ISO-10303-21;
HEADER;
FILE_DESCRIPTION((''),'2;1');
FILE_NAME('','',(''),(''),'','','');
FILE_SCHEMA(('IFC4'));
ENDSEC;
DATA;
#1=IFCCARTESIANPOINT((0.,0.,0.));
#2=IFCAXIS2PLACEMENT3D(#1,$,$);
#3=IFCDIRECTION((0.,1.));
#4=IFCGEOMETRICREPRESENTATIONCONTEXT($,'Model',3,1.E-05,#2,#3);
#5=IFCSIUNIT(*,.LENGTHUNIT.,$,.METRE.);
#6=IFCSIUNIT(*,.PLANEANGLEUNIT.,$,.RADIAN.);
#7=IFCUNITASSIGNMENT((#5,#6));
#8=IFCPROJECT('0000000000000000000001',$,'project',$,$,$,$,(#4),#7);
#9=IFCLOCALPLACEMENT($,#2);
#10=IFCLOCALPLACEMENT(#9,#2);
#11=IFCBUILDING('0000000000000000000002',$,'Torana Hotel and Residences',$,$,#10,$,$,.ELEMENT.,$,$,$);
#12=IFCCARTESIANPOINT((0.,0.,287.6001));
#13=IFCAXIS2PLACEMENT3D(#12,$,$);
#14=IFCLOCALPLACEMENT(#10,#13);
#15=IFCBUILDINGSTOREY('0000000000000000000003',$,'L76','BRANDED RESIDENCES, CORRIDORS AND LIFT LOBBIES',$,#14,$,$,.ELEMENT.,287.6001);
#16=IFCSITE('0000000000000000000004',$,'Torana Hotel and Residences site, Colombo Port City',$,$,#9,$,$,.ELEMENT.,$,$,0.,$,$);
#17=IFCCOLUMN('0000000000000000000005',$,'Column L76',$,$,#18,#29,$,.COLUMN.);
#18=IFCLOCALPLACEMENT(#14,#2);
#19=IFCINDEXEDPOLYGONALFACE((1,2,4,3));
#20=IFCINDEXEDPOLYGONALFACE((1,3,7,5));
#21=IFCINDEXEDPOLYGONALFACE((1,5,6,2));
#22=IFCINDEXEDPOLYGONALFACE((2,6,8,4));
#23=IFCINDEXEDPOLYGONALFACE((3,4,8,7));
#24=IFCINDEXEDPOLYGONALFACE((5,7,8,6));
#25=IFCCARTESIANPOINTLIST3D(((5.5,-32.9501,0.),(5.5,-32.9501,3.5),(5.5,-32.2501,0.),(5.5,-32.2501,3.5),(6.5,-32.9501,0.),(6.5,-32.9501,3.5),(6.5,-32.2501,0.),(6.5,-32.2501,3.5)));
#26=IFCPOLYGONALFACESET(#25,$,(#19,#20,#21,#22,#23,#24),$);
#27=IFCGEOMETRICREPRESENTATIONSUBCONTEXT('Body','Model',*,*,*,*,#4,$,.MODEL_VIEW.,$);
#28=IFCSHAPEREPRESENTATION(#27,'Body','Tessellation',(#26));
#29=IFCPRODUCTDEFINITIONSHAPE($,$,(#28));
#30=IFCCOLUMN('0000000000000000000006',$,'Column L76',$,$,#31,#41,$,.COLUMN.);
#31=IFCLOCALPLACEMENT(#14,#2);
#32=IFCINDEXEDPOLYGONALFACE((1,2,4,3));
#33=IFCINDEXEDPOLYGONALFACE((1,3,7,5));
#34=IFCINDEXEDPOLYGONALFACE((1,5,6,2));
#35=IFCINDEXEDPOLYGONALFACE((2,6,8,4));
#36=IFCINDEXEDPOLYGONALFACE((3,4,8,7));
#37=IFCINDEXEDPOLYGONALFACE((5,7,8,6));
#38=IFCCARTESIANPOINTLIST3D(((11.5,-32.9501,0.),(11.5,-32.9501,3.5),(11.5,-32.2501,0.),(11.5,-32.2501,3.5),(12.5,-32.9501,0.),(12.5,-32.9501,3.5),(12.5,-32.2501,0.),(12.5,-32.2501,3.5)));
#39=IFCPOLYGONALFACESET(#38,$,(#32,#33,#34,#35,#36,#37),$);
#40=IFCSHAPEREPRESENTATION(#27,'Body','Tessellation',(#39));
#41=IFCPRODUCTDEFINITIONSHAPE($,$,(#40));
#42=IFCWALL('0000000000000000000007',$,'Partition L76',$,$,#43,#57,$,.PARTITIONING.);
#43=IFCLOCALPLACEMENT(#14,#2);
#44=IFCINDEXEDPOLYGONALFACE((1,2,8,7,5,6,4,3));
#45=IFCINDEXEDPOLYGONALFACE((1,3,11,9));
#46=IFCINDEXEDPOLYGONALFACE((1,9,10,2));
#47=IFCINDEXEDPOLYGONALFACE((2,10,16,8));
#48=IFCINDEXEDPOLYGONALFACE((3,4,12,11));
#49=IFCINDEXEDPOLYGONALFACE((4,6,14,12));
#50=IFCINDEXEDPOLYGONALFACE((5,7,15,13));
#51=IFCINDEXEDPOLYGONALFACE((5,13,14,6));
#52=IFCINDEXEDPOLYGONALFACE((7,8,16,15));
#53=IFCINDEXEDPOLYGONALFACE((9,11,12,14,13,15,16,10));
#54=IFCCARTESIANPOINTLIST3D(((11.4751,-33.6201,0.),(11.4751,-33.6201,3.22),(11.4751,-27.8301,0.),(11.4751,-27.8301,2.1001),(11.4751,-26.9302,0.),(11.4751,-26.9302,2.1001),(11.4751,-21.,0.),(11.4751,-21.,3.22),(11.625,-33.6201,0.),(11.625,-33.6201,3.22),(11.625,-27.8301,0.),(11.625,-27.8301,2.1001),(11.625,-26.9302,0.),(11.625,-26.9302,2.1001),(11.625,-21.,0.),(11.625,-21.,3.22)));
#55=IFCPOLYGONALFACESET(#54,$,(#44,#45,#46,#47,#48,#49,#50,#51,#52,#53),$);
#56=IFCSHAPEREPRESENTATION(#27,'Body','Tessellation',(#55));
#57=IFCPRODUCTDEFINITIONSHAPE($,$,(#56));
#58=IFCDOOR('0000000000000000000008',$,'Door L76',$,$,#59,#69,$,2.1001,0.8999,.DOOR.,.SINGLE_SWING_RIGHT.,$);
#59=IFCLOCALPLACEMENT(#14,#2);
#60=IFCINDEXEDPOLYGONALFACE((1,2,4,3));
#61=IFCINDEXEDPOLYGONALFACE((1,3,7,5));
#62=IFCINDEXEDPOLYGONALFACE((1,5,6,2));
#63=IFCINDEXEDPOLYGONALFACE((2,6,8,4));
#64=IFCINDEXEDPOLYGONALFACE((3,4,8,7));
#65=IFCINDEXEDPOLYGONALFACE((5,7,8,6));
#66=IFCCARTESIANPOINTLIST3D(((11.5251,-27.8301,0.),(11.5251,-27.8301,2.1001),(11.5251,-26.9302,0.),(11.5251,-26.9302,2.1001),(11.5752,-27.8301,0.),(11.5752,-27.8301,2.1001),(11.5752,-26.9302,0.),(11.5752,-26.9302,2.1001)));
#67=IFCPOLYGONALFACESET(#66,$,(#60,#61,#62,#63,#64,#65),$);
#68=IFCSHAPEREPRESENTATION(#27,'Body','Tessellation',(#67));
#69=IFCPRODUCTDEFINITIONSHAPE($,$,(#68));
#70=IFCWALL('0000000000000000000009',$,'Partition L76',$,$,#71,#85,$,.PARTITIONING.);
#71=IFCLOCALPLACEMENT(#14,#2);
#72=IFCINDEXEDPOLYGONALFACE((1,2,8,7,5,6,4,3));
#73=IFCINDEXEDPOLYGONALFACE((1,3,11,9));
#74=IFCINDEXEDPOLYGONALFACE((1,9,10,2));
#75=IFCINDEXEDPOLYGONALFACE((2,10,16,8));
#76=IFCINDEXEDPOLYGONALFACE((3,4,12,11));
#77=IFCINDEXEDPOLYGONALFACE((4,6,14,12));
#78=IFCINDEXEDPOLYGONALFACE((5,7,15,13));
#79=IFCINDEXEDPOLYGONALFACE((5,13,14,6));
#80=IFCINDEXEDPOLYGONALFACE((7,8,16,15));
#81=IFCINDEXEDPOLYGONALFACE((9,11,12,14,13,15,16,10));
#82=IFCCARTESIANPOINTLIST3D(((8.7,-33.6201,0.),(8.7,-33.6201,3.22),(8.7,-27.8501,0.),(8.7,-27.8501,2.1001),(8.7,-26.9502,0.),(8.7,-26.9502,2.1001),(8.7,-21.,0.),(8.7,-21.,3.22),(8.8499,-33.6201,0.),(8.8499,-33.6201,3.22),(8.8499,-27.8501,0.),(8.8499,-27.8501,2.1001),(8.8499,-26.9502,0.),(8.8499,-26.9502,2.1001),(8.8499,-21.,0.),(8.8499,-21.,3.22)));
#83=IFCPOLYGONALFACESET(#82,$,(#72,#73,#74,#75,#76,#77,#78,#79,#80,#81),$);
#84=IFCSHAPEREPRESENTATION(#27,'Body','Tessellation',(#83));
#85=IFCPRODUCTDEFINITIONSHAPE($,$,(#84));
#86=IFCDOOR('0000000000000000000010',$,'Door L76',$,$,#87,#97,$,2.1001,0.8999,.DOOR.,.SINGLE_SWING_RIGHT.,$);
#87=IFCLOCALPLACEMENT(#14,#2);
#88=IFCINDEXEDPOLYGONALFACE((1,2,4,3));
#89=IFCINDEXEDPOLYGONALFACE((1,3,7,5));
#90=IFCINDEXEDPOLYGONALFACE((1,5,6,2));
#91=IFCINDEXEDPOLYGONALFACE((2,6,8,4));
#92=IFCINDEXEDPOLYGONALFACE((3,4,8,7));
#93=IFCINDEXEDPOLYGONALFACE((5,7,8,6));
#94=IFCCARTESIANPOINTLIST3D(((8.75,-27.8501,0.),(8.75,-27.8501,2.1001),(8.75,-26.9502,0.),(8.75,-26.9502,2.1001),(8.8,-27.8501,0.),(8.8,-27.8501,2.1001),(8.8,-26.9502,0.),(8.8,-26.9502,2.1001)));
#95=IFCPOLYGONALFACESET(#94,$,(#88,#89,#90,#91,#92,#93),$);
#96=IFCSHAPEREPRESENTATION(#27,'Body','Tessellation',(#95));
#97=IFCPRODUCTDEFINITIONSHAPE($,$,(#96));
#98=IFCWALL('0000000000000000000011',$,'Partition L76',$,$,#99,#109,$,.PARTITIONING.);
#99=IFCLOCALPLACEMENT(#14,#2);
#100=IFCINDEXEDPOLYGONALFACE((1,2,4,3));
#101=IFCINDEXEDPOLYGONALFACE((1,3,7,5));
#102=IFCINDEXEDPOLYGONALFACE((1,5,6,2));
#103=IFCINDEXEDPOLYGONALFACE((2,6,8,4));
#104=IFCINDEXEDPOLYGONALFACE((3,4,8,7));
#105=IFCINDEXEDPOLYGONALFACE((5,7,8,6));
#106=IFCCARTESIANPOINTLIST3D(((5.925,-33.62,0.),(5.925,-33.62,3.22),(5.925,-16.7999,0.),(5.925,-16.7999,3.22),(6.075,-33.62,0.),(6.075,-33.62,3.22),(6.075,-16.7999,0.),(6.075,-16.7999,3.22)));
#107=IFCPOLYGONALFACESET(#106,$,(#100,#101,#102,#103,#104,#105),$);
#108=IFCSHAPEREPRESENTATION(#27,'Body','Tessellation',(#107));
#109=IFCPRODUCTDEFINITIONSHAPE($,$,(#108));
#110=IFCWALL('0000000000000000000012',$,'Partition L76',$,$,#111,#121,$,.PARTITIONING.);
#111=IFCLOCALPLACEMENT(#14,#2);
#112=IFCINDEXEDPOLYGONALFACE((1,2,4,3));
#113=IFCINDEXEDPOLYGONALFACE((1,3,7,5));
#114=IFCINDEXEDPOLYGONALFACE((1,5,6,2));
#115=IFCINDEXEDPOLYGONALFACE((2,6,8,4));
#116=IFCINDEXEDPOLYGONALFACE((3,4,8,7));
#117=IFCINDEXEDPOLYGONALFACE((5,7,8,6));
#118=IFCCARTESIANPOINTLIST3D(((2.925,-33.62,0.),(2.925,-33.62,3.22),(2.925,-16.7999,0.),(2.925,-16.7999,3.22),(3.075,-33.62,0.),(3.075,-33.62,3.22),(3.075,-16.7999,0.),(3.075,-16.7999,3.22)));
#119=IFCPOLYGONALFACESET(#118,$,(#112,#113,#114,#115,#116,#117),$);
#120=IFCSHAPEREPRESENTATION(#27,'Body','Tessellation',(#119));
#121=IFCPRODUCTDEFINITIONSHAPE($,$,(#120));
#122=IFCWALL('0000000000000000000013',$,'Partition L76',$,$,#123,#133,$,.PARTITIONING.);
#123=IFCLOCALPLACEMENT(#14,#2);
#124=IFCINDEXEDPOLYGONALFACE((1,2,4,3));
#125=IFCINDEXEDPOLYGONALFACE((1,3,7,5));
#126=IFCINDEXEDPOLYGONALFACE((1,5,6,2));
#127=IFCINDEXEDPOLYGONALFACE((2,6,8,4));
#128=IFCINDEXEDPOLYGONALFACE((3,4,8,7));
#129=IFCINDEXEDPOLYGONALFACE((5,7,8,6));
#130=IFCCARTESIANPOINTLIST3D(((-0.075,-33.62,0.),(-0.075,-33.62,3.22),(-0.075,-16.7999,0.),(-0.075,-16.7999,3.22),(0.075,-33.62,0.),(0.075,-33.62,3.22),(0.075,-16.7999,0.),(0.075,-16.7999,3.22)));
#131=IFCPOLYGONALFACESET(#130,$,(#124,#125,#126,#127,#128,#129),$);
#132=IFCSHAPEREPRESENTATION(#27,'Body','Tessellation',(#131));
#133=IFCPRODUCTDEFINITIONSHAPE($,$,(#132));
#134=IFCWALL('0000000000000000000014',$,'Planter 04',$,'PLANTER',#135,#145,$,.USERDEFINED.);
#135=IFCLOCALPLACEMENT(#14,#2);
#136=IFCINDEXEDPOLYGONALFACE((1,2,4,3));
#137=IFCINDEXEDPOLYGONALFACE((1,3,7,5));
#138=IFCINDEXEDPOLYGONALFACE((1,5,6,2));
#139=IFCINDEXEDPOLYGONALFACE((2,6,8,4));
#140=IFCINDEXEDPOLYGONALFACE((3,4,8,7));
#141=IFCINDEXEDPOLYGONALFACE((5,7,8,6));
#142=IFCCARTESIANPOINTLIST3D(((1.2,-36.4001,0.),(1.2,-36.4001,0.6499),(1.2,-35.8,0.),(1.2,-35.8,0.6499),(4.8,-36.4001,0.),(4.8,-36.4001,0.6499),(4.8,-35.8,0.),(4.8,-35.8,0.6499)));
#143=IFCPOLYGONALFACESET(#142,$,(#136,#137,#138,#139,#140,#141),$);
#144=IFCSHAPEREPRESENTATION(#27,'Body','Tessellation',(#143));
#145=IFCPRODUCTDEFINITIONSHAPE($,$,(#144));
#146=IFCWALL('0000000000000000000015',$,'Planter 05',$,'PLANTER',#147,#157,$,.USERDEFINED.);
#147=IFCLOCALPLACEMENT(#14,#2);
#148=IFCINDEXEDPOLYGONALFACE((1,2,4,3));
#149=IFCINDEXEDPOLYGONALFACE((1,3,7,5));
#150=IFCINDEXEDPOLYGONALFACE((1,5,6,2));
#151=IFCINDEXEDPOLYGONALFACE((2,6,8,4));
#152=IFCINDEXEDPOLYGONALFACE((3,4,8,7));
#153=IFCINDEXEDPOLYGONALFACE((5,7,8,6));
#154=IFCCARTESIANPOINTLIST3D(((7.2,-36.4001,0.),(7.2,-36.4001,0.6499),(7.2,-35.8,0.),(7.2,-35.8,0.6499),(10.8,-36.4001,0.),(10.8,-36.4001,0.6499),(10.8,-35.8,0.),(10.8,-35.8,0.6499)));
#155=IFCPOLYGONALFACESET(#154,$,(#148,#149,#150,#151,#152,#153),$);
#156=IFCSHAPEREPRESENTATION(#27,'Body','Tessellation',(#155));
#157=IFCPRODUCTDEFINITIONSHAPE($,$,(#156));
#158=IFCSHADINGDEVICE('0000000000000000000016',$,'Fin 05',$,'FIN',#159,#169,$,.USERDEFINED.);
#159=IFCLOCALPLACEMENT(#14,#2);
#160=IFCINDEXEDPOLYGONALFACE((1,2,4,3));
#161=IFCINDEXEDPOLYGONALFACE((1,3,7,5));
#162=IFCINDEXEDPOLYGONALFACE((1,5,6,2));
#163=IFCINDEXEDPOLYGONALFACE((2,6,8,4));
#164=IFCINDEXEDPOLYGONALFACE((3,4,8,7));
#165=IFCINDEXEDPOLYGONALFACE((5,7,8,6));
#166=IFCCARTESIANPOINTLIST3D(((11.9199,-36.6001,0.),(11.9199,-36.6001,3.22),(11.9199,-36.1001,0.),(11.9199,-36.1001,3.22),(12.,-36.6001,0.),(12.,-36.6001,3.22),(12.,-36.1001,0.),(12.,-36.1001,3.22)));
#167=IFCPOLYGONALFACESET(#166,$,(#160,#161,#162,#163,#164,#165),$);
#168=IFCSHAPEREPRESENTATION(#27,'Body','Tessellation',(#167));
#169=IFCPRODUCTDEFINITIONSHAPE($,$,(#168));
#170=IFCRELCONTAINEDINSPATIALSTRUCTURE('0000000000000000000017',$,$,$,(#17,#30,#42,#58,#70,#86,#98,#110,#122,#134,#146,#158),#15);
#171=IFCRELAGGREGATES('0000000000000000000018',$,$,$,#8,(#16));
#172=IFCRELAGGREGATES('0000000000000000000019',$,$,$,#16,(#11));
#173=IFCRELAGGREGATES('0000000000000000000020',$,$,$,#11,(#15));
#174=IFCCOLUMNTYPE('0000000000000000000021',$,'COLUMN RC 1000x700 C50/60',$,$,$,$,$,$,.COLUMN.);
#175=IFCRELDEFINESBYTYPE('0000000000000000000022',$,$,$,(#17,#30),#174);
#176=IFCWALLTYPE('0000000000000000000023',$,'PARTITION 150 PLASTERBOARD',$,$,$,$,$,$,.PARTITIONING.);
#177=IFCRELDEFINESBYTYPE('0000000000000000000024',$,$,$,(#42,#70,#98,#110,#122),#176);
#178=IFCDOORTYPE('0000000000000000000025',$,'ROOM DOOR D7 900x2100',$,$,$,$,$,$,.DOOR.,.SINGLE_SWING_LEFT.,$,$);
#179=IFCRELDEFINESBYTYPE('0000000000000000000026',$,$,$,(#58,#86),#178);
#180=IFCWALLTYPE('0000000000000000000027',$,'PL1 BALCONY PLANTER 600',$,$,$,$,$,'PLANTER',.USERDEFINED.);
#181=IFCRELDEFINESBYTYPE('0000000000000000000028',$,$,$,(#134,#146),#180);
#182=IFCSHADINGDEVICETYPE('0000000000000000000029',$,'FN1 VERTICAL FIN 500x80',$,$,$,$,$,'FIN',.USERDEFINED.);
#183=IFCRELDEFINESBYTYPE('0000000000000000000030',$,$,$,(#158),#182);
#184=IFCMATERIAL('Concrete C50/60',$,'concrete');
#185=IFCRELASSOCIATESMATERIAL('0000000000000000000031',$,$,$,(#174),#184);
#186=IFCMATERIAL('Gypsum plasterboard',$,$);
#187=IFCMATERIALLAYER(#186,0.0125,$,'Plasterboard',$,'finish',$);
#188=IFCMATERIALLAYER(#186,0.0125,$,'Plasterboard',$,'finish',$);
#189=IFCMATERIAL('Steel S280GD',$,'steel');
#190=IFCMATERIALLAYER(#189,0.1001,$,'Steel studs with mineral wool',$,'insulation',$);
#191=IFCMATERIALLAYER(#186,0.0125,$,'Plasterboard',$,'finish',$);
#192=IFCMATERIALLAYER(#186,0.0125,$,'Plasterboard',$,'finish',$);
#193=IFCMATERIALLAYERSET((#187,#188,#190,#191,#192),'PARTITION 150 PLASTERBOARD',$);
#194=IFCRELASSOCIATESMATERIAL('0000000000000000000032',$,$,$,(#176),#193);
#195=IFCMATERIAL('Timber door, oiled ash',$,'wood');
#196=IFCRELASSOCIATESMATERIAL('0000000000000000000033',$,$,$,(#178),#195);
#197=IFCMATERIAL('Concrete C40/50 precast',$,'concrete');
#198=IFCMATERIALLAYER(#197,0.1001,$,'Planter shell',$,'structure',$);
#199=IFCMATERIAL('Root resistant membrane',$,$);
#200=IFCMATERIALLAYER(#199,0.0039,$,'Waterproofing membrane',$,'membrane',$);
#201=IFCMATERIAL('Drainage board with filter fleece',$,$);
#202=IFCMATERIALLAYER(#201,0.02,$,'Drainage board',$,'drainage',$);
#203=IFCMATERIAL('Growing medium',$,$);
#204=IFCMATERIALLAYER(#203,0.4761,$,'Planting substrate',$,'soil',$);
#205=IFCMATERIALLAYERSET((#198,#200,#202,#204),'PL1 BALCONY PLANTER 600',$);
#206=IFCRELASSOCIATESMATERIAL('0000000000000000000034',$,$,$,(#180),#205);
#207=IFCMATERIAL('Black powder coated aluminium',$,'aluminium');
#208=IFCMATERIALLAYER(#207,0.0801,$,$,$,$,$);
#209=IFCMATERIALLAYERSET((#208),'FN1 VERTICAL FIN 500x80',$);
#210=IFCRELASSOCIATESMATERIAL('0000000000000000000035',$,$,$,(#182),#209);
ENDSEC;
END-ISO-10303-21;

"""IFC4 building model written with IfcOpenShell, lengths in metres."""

from ifc_helpers import new_model, si_unit, direction, frame, frame_2d, origin, origin_2d, place, context, subcontext, project, spatial, rectangle, extrude, material, layer, layer_set, material_profile, profile_set, type_object, element, fill, save


model = new_model("IFC4")

# Units and contexts
model_context = context("Model", 3, precision=1e-05, world=origin(), true_north=direction((0.0, 1.0)))
body_context = subcontext(model_context, "Body", "Model", "MODEL_VIEW")
ifc_project = project(units=[si_unit("LENGTHUNIT", "METRE"), si_unit("PLANEANGLEUNIT", "RADIAN")], contexts=[model_context])

# Site, building, storey
site_placement = place(None, origin())
site = spatial("IfcSite", under=ifc_project, at=site_placement, Name="Torana Hotel and Residences site, Colombo Port City", CompositionType="ELEMENT", RefElevation=0.0)
building_placement = place(site_placement, origin())
building = spatial("IfcBuilding", under=site, at=building_placement, Name="Torana Hotel and Residences", CompositionType="ELEMENT")
storey_placement = place(building_placement, frame((0.0, 0.0, 287.6001)))
storey = spatial("IfcBuildingStorey", under=building, at=storey_placement, Name="L76", Description="BRANDED RESIDENCES, CORRIDORS AND LIFT LOBBIES", CompositionType="ELEMENT", Elevation=287.6001)

# Columns
ifc_material_1 = material(Name="Concrete C50/60", Category="concrete")
ifc_material_profile = material_profile(ifc_material_1, rectangle(XDim=1.0, YDim=0.7, at=origin_2d()), Name="RC 1000x700")
ifc_profile_set = profile_set([ifc_material_profile], Name="Concrete C50/60")
column_type = type_object("IfcColumnType", Name="COLUMN RC 1000x700 C50/60", PredefinedType="COLUMN", material=ifc_profile_set)
for number, where, z_axis, x_axis, name in (
    (1, (6.0, -32.6001, 0.0), (0.0, 0.0, 1.0), (1.0, 0.0, 0.0), "Column L76"),
    (2, (12.0, -32.6001, 0.0), (0.0, 0.0, 1.0), (1.0, 0.0, 0.0), "Column L76"),
):
    element("IfcColumn", number, at=place(storey_placement, frame(where, z_axis=z_axis, x_axis=x_axis)), inside=storey, type_object=column_type, Name=name, PredefinedType="COLUMN", context=body_context, shape_type="SweptSolid", body=[
        extrude(rectangle(XDim=1.0, YDim=0.7, at=origin_2d()), origin(), (0.0, 0.0, 1.0), 3.5),
    ])

# Walls, openings, doors
ifc_material_2 = material(Name="Gypsum plasterboard")
ifc_layer_1 = layer(ifc_material_2, 0.0125, Name="Plasterboard", Category="finish")
ifc_layer_2 = layer(ifc_material_2, 0.0125, Name="Plasterboard", Category="finish")
ifc_material_3 = material(Name="Steel S280GD", Category="steel")
ifc_layer_3 = layer(ifc_material_3, 0.1001, Name="Steel studs with mineral wool", Category="insulation")
ifc_layer_4 = layer(ifc_material_2, 0.0125, Name="Plasterboard", Category="finish")
ifc_layer_5 = layer(ifc_material_2, 0.0125, Name="Plasterboard", Category="finish")
ifc_layer_set_1 = layer_set([ifc_layer_1, ifc_layer_2, ifc_layer_3, ifc_layer_4, ifc_layer_5], Name="PARTITION 150 PLASTERBOARD")
wall_type_1 = type_object("IfcWallType", Name="PARTITION 150 PLASTERBOARD", PredefinedType="PARTITIONING", material=ifc_layer_set_1)
wall_1_placement = place(storey_placement, frame((11.55, -33.6201, 0.0), z_axis=(0.0, 0.0, 1.0), x_axis=(0.0, 1.0, 0.0)))
wall_1 = element("IfcWall", 3, at=wall_1_placement, inside=storey, type_object=wall_type_1, Name="Partition L76", PredefinedType="PARTITIONING", context=body_context, shape_type="SweptSolid", body=[
    extrude(rectangle(XDim=12.6201, YDim=0.1499, at=frame_2d((6.3101, 0.0))), origin(), (0.0, 0.0, 1.0), 3.22),
])
opening_1_placement = place(wall_1_placement, frame((5.79, 0.0, 0.0)))
opening_1 = element("IfcOpeningElement", 4, at=opening_1_placement, cuts=wall_1, PredefinedType="OPENING", context=body_context, shape_type="SweptSolid", body=[
    extrude(rectangle(XDim=0.8999, YDim=2.1001, at=frame_2d((0.45, 1.05))), frame((0.0, 0.085, 0.0), z_axis=(0.0, -1.0, 0.0), x_axis=(1.0, 0.0, 0.0)), (0.0, 0.0, 1.0), 0.1699),
])
ifc_material_4 = material(Name="Timber door, oiled ash", Category="wood")
door_type = type_object("IfcDoorType", Name="ROOM DOOR D7 900x2100", OperationType="SINGLE_SWING_LEFT", PredefinedType="DOOR", material=ifc_material_4)
door_1_placement = place(opening_1_placement, origin())
door_1 = element("IfcDoor", 5, at=door_1_placement, inside=storey, type_object=door_type, Name="Door L76", OperationType="SINGLE_SWING_RIGHT", OverallHeight=2.1001, OverallWidth=0.8999, PredefinedType="DOOR", context=body_context, shape_type="SweptSolid", body=[
    extrude(rectangle(XDim=0.8999, YDim=2.1001, at=frame_2d((0.45, 1.05))), frame((0.0, 0.0249, 0.0), z_axis=(0.0, -1.0, 0.0), x_axis=(1.0, 0.0, 0.0)), (0.0, 0.0, 1.0), 0.05),
])
fill(opening_1, door_1)
wall_2_placement = place(storey_placement, frame((8.7749, -33.6201, 0.0), z_axis=(0.0, 0.0, 1.0), x_axis=(0.0, 1.0, 0.0)))
wall_2 = element("IfcWall", 6, at=wall_2_placement, inside=storey, type_object=wall_type_1, Name="Partition L76", PredefinedType="PARTITIONING", context=body_context, shape_type="SweptSolid", body=[
    extrude(rectangle(XDim=12.6201, YDim=0.1499, at=frame_2d((6.3101, 0.0))), origin(), (0.0, 0.0, 1.0), 3.22),
])
opening_2_placement = place(wall_2_placement, frame((5.77, 0.0, 0.0)))
opening_2 = element("IfcOpeningElement", 7, at=opening_2_placement, cuts=wall_2, PredefinedType="OPENING", context=body_context, shape_type="SweptSolid", body=[
    extrude(rectangle(XDim=0.8999, YDim=2.1001, at=frame_2d((0.45, 1.05))), frame((0.0, 0.085, 0.0), z_axis=(0.0, -1.0, 0.0), x_axis=(1.0, 0.0, 0.0)), (0.0, 0.0, 1.0), 0.1699),
])
door_2_placement = place(opening_2_placement, origin())
door_2 = element("IfcDoor", 8, at=door_2_placement, inside=storey, type_object=door_type, Name="Door L76", OperationType="SINGLE_SWING_RIGHT", OverallHeight=2.1001, OverallWidth=0.8999, PredefinedType="DOOR", context=body_context, shape_type="SweptSolid", body=[
    extrude(rectangle(XDim=0.8999, YDim=2.1001, at=frame_2d((0.45, 1.05))), frame((0.0, 0.0249, 0.0), z_axis=(0.0, -1.0, 0.0), x_axis=(1.0, 0.0, 0.0)), (0.0, 0.0, 1.0), 0.05),
])
fill(opening_2, door_2)

# Walls
for number, where, z_axis, x_axis, name in (
    (9, (6.0, -33.6201, 0.0), (0.0, 0.0, 1.0), (0.0, 1.0, 0.0), "Partition L76"),
    (10, (3.0, -33.6201, 0.0), (0.0, 0.0, 1.0), (0.0, 1.0, 0.0), "Partition L76"),
    (11, (0.0, -33.6201, 0.0), (0.0, 0.0, 1.0), (0.0, 1.0, 0.0), "Partition L76"),
):
    element("IfcWall", number, at=place(storey_placement, frame(where, z_axis=z_axis, x_axis=x_axis)), inside=storey, type_object=wall_type_1, Name=name, PredefinedType="PARTITIONING", context=body_context, shape_type="SweptSolid", body=[
        extrude(rectangle(XDim=16.8201, YDim=0.1499, at=frame_2d((8.4102, 0.0))), origin(), (0.0, 0.0, 1.0), 3.22),
    ])
ifc_material_5 = material(Name="Concrete C40/50 precast", Category="concrete")
ifc_layer_6 = layer(ifc_material_5, 0.1001, Name="Planter shell", Category="structure")
ifc_material_6 = material(Name="Root resistant membrane")
ifc_layer_7 = layer(ifc_material_6, 0.0039, Name="Waterproofing membrane", Category="membrane")
ifc_material_7 = material(Name="Drainage board with filter fleece")
ifc_layer_8 = layer(ifc_material_7, 0.02, Name="Drainage board", Category="drainage")
ifc_material_8 = material(Name="Growing medium")
ifc_layer_9 = layer(ifc_material_8, 0.4761, Name="Planting substrate", Category="soil")
ifc_layer_set_2 = layer_set([ifc_layer_6, ifc_layer_7, ifc_layer_8, ifc_layer_9], Name="PL1 BALCONY PLANTER 600")
wall_type_2 = type_object("IfcWallType", Name="PL1 BALCONY PLANTER 600", ElementType="PLANTER", PredefinedType="USERDEFINED", material=ifc_layer_set_2)
for number, where, z_axis, x_axis, name in (
    (12, (4.8, -36.1001, 0.0), (0.0, 0.0, 1.0), (-1.0, 0.0, 0.0), "Planter 04"),
    (13, (10.8, -36.1001, 0.0), (0.0, 0.0, 1.0), (-1.0, 0.0, 0.0), "Planter 05"),
):
    element("IfcWall", number, at=place(storey_placement, frame(where, z_axis=z_axis, x_axis=x_axis)), inside=storey, type_object=wall_type_2, Name=name, ObjectType="PLANTER", PredefinedType="USERDEFINED", context=body_context, shape_type="SweptSolid", body=[
        extrude(rectangle(XDim=3.6001, YDim=0.6001, at=frame_2d((1.8, 0.0))), origin(), (0.0, 0.0, 1.0), 0.6499),
    ])

# Shading device
ifc_material_9 = material(Name="Black powder coated aluminium", Category="aluminium")
ifc_layer_10 = layer(ifc_material_9, 0.0801)
ifc_layer_set_3 = layer_set([ifc_layer_10], Name="FN1 VERTICAL FIN 500x80")
shading_device_type = type_object("IfcShadingDeviceType", Name="FN1 VERTICAL FIN 500x80", ElementType="FIN", PredefinedType="USERDEFINED", material=ifc_layer_set_3)
shading_device_placement = place(storey_placement, frame((11.96, -36.3501, 0.0), z_axis=(0.0, 0.0, 1.0), x_axis=(-1.0, 0.0, 0.0)))
element("IfcShadingDevice", 14, at=shading_device_placement, inside=storey, type_object=shading_device_type, Name="Fin 05", ObjectType="FIN", PredefinedType="USERDEFINED", context=body_context, shape_type="SweptSolid", body=[
    extrude(rectangle(XDim=0.0801, YDim=0.5, at=origin_2d()), origin(), (0.0, 0.0, 1.0), 3.22),
])

save(model, "model.ifc")
